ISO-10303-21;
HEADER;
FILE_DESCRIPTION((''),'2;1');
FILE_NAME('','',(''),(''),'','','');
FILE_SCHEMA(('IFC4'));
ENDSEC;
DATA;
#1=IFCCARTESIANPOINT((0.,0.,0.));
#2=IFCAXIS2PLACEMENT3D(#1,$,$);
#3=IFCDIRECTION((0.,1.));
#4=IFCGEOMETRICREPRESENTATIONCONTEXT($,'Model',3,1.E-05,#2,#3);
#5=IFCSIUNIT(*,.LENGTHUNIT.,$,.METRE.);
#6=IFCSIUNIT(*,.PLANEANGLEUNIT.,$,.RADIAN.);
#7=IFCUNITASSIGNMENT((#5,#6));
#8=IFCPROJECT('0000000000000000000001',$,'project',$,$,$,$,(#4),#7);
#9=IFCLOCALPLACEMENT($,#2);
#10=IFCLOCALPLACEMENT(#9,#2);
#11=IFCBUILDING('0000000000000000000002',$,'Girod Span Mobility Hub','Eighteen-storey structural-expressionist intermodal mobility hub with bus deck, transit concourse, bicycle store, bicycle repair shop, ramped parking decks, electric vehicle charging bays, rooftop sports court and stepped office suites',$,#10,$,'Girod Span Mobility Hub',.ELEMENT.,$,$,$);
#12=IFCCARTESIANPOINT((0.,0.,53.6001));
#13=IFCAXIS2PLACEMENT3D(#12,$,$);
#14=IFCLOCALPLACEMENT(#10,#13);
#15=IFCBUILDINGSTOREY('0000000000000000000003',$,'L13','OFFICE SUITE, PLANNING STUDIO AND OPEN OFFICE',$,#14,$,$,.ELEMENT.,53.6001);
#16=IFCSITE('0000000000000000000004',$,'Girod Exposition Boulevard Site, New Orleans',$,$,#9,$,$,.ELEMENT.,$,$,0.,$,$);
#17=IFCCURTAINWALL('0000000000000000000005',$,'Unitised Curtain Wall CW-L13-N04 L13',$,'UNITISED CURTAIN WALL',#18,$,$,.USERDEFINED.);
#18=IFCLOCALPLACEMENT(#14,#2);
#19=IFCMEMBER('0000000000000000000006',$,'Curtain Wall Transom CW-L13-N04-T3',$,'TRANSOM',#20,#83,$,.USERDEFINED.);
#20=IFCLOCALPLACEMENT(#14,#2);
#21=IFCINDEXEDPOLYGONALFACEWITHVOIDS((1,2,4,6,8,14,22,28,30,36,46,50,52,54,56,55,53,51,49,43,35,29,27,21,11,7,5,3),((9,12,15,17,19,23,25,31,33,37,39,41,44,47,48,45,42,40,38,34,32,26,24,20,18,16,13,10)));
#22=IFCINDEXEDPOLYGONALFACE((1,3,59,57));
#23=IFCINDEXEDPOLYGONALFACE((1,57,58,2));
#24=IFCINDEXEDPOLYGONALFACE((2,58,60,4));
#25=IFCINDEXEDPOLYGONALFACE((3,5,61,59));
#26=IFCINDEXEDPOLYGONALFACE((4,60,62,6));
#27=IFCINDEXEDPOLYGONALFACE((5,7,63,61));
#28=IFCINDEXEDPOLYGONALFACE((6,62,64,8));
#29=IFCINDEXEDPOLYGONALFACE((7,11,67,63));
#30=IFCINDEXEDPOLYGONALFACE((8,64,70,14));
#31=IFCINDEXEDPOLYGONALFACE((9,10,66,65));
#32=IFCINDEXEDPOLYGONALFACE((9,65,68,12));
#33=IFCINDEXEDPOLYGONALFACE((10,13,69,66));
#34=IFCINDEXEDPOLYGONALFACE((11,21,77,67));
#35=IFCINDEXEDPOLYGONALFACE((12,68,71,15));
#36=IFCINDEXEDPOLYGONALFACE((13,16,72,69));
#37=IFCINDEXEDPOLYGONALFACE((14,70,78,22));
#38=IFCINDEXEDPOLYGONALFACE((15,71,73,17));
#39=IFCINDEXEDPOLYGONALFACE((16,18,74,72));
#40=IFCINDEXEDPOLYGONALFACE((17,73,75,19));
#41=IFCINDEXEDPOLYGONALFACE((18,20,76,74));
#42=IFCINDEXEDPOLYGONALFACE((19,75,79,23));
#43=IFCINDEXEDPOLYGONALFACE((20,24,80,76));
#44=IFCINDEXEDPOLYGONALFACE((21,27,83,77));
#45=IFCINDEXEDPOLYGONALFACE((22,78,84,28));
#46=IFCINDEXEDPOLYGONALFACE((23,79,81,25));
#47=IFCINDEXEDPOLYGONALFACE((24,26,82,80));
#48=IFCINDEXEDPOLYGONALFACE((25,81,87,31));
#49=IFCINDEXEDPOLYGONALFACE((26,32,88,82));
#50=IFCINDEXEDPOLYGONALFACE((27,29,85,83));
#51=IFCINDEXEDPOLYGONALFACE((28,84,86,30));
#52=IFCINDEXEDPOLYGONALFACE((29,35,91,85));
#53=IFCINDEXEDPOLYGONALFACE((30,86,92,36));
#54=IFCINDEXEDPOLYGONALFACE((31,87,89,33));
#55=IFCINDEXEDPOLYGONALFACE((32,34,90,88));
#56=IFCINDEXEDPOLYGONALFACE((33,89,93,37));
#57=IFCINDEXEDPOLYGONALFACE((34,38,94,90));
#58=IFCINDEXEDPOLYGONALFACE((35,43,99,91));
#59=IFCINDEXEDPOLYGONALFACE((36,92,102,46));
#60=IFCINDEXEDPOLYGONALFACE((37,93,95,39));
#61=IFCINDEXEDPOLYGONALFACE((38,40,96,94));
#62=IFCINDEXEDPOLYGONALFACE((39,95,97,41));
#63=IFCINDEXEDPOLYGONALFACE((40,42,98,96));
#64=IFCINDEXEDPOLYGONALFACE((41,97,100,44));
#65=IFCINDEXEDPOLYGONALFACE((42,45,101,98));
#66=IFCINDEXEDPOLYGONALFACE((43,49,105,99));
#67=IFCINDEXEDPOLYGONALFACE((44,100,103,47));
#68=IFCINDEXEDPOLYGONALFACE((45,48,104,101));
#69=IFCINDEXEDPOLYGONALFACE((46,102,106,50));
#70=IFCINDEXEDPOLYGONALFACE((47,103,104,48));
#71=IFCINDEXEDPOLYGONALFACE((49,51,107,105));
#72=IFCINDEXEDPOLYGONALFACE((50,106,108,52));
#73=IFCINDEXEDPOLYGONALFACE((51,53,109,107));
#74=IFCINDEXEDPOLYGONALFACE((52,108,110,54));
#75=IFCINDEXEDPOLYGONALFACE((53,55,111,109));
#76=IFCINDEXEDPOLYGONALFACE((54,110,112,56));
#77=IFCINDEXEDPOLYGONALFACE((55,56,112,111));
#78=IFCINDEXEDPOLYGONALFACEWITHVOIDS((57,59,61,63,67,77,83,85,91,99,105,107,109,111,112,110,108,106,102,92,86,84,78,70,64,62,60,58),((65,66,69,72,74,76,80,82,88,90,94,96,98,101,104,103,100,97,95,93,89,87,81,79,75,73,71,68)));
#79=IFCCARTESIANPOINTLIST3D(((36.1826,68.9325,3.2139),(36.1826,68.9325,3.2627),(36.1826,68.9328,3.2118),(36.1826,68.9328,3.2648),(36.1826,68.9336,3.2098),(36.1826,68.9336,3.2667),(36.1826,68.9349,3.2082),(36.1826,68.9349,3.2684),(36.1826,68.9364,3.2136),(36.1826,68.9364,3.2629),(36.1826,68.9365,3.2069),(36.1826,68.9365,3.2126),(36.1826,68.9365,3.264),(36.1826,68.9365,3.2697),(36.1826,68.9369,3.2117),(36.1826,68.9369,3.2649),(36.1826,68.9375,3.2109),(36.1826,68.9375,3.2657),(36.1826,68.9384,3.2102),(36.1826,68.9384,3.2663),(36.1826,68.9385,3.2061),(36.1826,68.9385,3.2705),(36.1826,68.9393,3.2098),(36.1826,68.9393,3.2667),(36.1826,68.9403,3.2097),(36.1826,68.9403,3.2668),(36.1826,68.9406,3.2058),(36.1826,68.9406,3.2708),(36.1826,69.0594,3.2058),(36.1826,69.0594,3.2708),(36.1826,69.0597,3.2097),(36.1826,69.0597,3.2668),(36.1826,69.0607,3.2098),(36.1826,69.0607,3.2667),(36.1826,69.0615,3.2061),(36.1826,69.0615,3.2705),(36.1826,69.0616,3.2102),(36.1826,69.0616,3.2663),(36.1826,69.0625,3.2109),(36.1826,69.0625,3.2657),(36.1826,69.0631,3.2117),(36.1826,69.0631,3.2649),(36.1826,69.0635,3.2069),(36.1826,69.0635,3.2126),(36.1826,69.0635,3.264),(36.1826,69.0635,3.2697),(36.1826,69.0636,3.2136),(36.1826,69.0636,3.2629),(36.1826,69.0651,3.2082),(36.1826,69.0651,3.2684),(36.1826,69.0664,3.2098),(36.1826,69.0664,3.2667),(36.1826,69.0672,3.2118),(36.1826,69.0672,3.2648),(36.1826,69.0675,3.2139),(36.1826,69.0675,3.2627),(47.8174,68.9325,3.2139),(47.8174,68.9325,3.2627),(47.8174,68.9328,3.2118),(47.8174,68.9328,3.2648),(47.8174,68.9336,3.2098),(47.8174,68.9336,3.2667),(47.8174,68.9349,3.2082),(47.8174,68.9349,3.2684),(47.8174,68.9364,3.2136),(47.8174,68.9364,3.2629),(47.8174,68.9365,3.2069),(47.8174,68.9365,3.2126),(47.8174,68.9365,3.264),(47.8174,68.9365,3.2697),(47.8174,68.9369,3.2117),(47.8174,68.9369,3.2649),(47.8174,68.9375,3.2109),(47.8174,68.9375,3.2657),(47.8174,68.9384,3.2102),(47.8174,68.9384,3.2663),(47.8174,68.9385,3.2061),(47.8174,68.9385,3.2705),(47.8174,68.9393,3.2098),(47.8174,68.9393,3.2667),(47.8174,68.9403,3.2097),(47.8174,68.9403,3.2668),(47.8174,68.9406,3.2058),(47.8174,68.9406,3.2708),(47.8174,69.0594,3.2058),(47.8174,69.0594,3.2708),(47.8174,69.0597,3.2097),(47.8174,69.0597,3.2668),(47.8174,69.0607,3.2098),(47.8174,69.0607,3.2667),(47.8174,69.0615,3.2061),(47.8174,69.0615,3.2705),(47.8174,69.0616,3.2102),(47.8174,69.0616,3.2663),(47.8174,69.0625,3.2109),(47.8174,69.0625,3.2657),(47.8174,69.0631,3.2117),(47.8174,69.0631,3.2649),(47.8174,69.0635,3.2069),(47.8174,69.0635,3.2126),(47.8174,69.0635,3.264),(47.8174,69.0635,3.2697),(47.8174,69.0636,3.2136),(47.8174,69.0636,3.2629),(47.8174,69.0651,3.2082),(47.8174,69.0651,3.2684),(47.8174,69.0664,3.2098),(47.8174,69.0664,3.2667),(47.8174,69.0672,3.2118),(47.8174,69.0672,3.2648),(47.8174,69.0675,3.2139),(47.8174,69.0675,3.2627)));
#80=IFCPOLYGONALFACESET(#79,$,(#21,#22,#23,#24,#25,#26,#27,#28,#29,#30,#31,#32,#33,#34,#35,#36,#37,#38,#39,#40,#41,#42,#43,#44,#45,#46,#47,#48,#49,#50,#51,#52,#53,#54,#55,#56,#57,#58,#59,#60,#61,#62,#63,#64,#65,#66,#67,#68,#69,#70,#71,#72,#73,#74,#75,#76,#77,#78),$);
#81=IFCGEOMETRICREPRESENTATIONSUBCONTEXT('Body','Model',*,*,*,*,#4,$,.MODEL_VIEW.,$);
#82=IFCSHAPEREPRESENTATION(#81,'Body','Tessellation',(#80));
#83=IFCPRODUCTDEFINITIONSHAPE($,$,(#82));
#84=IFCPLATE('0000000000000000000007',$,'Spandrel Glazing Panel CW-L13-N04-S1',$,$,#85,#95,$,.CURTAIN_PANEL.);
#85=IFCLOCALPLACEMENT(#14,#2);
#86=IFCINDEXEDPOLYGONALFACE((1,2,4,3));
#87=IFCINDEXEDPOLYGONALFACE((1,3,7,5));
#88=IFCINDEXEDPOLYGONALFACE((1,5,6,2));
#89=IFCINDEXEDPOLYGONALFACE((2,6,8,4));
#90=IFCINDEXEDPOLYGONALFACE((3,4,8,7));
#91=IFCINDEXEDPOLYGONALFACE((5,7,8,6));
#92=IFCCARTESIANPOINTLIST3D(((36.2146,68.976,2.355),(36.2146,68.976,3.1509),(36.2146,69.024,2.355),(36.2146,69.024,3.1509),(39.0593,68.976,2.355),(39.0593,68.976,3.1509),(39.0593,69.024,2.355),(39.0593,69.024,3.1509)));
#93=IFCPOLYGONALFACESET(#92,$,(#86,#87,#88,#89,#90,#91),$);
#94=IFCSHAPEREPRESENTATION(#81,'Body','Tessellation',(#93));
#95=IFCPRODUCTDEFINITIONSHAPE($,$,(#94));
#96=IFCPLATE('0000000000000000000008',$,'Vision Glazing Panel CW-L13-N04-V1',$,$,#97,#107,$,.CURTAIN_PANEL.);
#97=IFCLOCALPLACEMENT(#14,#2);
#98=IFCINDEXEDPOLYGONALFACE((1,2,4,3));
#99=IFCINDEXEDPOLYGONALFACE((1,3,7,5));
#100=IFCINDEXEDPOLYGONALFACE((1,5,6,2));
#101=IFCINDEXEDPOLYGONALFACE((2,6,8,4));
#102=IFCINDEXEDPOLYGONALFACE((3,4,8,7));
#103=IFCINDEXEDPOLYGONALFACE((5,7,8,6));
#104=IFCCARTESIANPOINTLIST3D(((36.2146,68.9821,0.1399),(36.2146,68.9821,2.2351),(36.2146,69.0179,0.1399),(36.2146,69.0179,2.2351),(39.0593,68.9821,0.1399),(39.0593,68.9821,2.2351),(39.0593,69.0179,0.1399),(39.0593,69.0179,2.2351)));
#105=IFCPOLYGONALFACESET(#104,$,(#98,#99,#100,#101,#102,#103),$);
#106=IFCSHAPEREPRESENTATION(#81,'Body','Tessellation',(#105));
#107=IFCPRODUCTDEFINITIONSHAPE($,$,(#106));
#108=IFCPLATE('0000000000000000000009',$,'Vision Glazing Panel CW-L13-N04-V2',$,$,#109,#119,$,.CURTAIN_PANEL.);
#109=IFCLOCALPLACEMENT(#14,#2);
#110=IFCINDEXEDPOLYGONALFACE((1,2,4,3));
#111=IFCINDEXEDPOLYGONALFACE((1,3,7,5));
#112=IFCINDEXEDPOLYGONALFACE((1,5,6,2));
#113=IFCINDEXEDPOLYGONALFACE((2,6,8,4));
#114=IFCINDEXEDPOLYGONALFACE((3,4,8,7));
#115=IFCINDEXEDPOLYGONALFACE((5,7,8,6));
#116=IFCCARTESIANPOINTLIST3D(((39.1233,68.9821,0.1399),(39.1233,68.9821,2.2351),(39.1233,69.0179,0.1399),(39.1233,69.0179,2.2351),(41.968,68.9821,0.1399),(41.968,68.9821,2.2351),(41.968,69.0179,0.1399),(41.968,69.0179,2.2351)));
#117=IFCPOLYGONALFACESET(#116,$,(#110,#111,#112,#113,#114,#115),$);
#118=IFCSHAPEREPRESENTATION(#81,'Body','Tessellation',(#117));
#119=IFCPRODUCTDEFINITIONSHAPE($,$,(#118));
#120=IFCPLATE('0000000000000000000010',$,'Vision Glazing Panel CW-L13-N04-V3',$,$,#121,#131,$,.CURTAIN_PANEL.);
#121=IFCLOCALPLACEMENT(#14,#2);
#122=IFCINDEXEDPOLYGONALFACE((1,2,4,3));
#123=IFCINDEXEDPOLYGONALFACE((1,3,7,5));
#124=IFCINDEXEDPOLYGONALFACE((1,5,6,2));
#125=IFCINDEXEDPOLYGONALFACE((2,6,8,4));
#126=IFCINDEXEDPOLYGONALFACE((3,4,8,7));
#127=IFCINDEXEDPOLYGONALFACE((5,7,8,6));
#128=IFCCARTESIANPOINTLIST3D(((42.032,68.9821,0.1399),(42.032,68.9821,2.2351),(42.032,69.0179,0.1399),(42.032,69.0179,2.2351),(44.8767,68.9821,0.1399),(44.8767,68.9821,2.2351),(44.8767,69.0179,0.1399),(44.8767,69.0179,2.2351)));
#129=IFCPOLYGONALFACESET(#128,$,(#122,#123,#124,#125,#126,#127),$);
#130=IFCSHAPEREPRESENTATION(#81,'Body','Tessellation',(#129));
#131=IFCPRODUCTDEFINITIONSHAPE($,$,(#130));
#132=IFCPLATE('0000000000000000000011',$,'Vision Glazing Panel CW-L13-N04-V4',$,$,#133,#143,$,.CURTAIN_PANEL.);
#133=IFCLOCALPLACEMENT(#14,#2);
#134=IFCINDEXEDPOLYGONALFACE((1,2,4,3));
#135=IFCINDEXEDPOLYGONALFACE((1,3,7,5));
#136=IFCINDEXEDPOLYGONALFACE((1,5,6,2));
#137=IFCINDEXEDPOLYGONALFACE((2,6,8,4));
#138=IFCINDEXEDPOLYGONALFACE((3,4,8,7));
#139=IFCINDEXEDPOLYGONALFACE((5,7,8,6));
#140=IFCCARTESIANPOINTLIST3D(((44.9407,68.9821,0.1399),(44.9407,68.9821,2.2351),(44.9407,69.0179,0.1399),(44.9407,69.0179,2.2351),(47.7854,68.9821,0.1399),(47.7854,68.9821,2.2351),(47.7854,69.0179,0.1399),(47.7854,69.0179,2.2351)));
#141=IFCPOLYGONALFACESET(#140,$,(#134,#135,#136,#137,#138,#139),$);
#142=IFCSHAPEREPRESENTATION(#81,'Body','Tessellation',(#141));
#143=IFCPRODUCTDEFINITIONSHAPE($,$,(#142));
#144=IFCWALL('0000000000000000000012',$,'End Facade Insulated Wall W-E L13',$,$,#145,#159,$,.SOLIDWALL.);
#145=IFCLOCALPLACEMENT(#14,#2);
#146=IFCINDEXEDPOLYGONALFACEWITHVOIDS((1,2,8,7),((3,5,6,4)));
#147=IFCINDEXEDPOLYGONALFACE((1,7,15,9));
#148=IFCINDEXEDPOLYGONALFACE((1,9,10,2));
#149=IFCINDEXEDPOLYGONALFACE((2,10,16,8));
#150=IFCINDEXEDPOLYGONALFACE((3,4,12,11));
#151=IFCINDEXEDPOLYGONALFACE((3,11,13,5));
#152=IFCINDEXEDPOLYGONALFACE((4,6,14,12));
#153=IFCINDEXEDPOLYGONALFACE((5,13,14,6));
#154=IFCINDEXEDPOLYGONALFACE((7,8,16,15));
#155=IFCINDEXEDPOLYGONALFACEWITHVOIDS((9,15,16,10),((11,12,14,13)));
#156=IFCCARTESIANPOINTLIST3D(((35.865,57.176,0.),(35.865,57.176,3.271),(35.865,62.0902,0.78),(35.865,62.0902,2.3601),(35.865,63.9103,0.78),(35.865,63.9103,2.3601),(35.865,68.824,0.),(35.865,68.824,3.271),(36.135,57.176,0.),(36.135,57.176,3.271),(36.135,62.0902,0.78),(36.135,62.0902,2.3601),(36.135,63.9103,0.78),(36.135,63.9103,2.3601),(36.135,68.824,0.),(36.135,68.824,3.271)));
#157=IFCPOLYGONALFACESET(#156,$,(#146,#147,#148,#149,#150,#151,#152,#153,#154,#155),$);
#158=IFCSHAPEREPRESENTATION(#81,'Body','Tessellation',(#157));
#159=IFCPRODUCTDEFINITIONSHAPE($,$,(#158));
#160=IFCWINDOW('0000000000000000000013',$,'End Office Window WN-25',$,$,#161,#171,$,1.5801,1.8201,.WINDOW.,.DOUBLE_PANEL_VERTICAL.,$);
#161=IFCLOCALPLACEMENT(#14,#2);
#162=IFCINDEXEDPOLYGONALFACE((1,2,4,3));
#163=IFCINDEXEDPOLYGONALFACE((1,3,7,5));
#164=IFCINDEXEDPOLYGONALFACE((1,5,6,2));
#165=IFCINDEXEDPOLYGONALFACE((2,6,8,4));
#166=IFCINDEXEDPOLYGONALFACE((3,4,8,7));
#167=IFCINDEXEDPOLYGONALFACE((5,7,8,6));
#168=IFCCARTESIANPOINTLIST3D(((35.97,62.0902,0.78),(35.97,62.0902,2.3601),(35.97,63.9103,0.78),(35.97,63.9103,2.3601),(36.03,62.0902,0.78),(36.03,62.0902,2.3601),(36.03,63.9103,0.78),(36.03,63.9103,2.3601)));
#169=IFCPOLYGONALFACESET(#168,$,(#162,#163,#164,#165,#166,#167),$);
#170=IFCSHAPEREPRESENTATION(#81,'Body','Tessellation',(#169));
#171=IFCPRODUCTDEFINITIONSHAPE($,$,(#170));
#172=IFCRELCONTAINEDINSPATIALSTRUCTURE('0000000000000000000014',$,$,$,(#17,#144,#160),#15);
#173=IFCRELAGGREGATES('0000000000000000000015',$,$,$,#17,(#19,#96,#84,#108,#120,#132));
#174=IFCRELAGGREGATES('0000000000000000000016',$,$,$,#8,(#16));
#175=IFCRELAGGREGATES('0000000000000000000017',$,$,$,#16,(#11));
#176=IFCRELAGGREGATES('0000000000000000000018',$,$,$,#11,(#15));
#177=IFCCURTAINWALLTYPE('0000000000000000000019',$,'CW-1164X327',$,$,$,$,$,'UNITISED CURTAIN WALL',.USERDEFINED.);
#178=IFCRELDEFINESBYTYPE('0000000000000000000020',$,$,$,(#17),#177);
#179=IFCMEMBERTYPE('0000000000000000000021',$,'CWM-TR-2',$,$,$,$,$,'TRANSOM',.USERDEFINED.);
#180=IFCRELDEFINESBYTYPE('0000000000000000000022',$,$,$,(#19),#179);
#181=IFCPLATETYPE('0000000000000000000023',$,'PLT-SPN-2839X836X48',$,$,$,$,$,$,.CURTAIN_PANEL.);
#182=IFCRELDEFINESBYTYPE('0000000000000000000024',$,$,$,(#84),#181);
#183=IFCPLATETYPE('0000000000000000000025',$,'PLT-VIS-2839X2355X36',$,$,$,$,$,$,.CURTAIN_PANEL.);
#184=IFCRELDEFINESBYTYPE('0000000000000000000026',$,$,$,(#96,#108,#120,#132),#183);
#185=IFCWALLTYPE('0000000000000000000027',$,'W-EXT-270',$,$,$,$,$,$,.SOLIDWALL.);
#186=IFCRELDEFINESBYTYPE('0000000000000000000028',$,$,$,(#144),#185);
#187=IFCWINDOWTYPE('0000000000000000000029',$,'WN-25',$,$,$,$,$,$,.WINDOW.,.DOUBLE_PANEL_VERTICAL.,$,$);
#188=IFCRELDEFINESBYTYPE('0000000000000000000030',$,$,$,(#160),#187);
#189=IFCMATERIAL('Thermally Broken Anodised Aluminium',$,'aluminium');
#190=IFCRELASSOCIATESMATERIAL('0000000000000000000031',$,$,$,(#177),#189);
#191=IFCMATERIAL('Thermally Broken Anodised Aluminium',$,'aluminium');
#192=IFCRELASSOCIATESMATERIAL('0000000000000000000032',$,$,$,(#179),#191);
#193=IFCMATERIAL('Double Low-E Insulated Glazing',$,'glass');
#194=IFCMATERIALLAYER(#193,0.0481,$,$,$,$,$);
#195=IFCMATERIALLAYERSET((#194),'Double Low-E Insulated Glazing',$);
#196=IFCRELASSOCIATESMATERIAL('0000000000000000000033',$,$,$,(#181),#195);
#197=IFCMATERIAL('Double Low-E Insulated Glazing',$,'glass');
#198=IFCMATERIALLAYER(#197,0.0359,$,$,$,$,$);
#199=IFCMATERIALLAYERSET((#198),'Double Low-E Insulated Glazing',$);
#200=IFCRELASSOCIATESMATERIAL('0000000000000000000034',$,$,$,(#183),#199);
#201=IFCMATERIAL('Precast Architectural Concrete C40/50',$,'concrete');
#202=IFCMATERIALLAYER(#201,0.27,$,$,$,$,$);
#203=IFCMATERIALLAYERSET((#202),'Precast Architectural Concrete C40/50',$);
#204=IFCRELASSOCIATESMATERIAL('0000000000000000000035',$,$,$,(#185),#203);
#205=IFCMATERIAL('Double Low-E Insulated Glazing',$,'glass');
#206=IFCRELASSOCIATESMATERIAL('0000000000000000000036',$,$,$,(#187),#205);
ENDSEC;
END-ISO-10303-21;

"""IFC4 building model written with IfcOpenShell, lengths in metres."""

from ifc_helpers import new_model, si_unit, direction, frame, frame_2d, origin, origin_2d, place, context, subcontext, project, spatial, rectangle, hollow_rectangle, extrude, material, layer, layer_set, material_profile, profile_set, type_object, element, fill, aggregate, save


model = new_model("IFC4")

# Units and contexts
model_context = context("Model", 3, precision=1e-05, world=origin(), true_north=direction((0.0, 1.0)))
body_context = subcontext(model_context, "Body", "Model", "MODEL_VIEW")
ifc_project = project(units=[si_unit("LENGTHUNIT", "METRE"), si_unit("PLANEANGLEUNIT", "RADIAN")], contexts=[model_context])

# Site, building, storey
site_placement = place(None, origin())
site = spatial("IfcSite", under=ifc_project, at=site_placement, Name="Girod Exposition Boulevard Site, New Orleans", CompositionType="ELEMENT", RefElevation=0.0)
building_placement = place(site_placement, origin())
building = spatial("IfcBuilding", under=site, at=building_placement, Name="Girod Span Mobility Hub", Description="Eighteen-storey structural-expressionist intermodal mobility hub with bus deck, transit concourse, bicycle store, bicycle repair shop, ramped parking decks, electric vehicle charging bays, rooftop sports court and stepped office suites", LongName="Girod Span Mobility Hub", CompositionType="ELEMENT")
storey_placement = place(building_placement, frame((0.0, 0.0, 53.6001)))
storey = spatial("IfcBuildingStorey", under=building, at=storey_placement, Name="L13", Description="OFFICE SUITE, PLANNING STUDIO AND OPEN OFFICE", CompositionType="ELEMENT", Elevation=53.6001)

# Curtain wall, member, plates
ifc_material_1 = material(Name="Thermally Broken Anodised Aluminium", Category="aluminium")
curtain_wall_type = type_object("IfcCurtainWallType", Name="CW-1164X327", ElementType="UNITISED CURTAIN WALL", PredefinedType="USERDEFINED", material=ifc_material_1)
curtain_wall_placement = place(storey_placement, origin())
curtain_wall = element("IfcCurtainWall", 1, at=curtain_wall_placement, inside=storey, type_object=curtain_wall_type, Name="Unitised Curtain Wall CW-L13-N04 L13", ObjectType="UNITISED CURTAIN WALL", PredefinedType="USERDEFINED")
ifc_material_2 = material(Name="Thermally Broken Anodised Aluminium", Category="aluminium")
ifc_material_profile_1 = material_profile(ifc_material_2, hollow_rectangle(XDim=0.135, YDim=0.0649, WallThickness=0.0039, InnerFilletRadius=0.0039, OuterFilletRadius=0.0081, at=origin_2d()), Name="CW-TR-65X135")
ifc_profile_set_1 = profile_set([ifc_material_profile_1], Name="Thermally Broken Anodised Aluminium")
member_type_1 = type_object("IfcMemberType", Name="CWM-TR-2", ElementType="TRANSOM", PredefinedType="USERDEFINED", material=ifc_profile_set_1)
member_1_placement = place(storey_placement, frame((36.1826, 69.0, 3.2383), z_axis=(1.0, 0.0, 0.0), x_axis=(0.0, 1.0, 0.0)))
member_1 = element("IfcMember", 2, at=member_1_placement, type_object=member_type_1, Name="Curtain Wall Transom CW-L13-N04-T3", ObjectType="TRANSOM", PredefinedType="USERDEFINED", context=body_context, shape_type="SweptSolid", body=[
    extrude(hollow_rectangle(XDim=0.135, YDim=0.0649, WallThickness=0.0039, InnerFilletRadius=0.0039, OuterFilletRadius=0.0081, at=origin_2d()), origin(), (0.0, 0.0, 1.0), 11.6348),
])
ifc_material_3 = material(Name="Double Low-E Insulated Glazing", Category="glass")
ifc_layer_1 = layer(ifc_material_3, 0.0481)
ifc_layer_set_1 = layer_set([ifc_layer_1], Name="Double Low-E Insulated Glazing")
plate_type_1 = type_object("IfcPlateType", Name="PLT-SPN-2839X836X48", PredefinedType="CURTAIN_PANEL", material=ifc_layer_set_1)
plate_1_placement = place(storey_placement, frame((37.637, 69.0, 2.355), z_axis=(0.0, 0.0, 1.0), x_axis=(1.0, 0.0, 0.0)))
plate_1 = element("IfcPlate", 3, at=plate_1_placement, type_object=plate_type_1, Name="Spandrel Glazing Panel CW-L13-N04-S1", PredefinedType="CURTAIN_PANEL", context=body_context, shape_type="SweptSolid", body=[
    extrude(rectangle(XDim=2.8447, YDim=0.0481, at=origin_2d()), origin(), (0.0, 0.0, 1.0), 0.7959),
])
ifc_material_4 = material(Name="Double Low-E Insulated Glazing", Category="glass")
ifc_layer_2 = layer(ifc_material_4, 0.0359)
ifc_layer_set_2 = layer_set([ifc_layer_2], Name="Double Low-E Insulated Glazing")
plate_type_2 = type_object("IfcPlateType", Name="PLT-VIS-2839X2355X36", PredefinedType="CURTAIN_PANEL", material=ifc_layer_set_2)
plate_2_placement = place(storey_placement, frame((37.637, 69.0, 0.1399), z_axis=(0.0, 0.0, 1.0), x_axis=(1.0, 0.0, 0.0)))
plate_2 = element("IfcPlate", 4, at=plate_2_placement, type_object=plate_type_2, Name="Vision Glazing Panel CW-L13-N04-V1", PredefinedType="CURTAIN_PANEL", context=body_context, shape_type="SweptSolid", body=[
    extrude(rectangle(XDim=2.8447, YDim=0.0359, at=origin_2d()), origin(), (0.0, 0.0, 1.0), 2.0952),
])
plate_3_placement = place(storey_placement, frame((40.5457, 69.0, 0.1399), z_axis=(0.0, 0.0, 1.0), x_axis=(1.0, 0.0, 0.0)))
plate_3 = element("IfcPlate", 5, at=plate_3_placement, type_object=plate_type_2, Name="Vision Glazing Panel CW-L13-N04-V2", PredefinedType="CURTAIN_PANEL", context=body_context, shape_type="SweptSolid", body=[
    extrude(rectangle(XDim=2.8447, YDim=0.0359, at=origin_2d()), origin(), (0.0, 0.0, 1.0), 2.0952),
])
plate_4_placement = place(storey_placement, frame((43.4543, 69.0, 0.1399), z_axis=(0.0, 0.0, 1.0), x_axis=(1.0, 0.0, 0.0)))
plate_4 = element("IfcPlate", 6, at=plate_4_placement, type_object=plate_type_2, Name="Vision Glazing Panel CW-L13-N04-V3", PredefinedType="CURTAIN_PANEL", context=body_context, shape_type="SweptSolid", body=[
    extrude(rectangle(XDim=2.8447, YDim=0.0359, at=origin_2d()), origin(), (0.0, 0.0, 1.0), 2.0952),
])
plate_5_placement = place(storey_placement, frame((46.363, 69.0, 0.1399), z_axis=(0.0, 0.0, 1.0), x_axis=(1.0, 0.0, 0.0)))
plate_5 = element("IfcPlate", 7, at=plate_5_placement, type_object=plate_type_2, Name="Vision Glazing Panel CW-L13-N04-V4", PredefinedType="CURTAIN_PANEL", context=body_context, shape_type="SweptSolid", body=[
    extrude(rectangle(XDim=2.8447, YDim=0.0359, at=origin_2d()), origin(), (0.0, 0.0, 1.0), 2.0952),
])
aggregate(curtain_wall, [member_1, plate_2, plate_1, plate_3, plate_4, plate_5])

# Wall, opening, window
ifc_material_5 = material(Name="Precast Architectural Concrete C40/50", Category="concrete")
ifc_layer_3 = layer(ifc_material_5, 0.27)
ifc_layer_set_3 = layer_set([ifc_layer_3], Name="Precast Architectural Concrete C40/50")
wall_type_1 = type_object("IfcWallType", Name="W-EXT-270", PredefinedType="SOLIDWALL", material=ifc_layer_set_3)
wall_1_placement = place(storey_placement, frame((36.0, 57.176, 0.0), z_axis=(0.0, 0.0, 1.0), x_axis=(0.0, 1.0, 0.0)))
wall_1 = element("IfcWall", 8, at=wall_1_placement, inside=storey, type_object=wall_type_1, Name="End Facade Insulated Wall W-E L13", PredefinedType="SOLIDWALL", context=body_context, shape_type="SweptSolid", body=[
    extrude(rectangle(XDim=11.6479, YDim=0.27, at=frame_2d((5.824, 0.0))), origin(), (0.0, 0.0, 1.0), 3.271),
])
opening_1_placement = place(wall_1_placement, frame((4.9141, 0.0, 0.78)))
opening_1 = element("IfcOpeningElement", 9, at=opening_1_placement, cuts=wall_1, PredefinedType="OPENING", context=body_context, shape_type="SweptSolid", body=[
    extrude(rectangle(XDim=1.8201, YDim=1.5801, at=frame_2d((0.9102, 0.79))), frame((0.0, 0.1499, 0.0), z_axis=(0.0, -1.0, 0.0), x_axis=(1.0, 0.0, 0.0)), (0.0, 0.0, 1.0), 0.3),
])
ifc_material_6 = material(Name="Double Low-E Insulated Glazing", Category="glass")
window_type = type_object("IfcWindowType", Name="WN-25", PartitioningType="DOUBLE_PANEL_VERTICAL", PredefinedType="WINDOW", material=ifc_material_6)
window_placement = place(opening_1_placement, origin())
window = element("IfcWindow", 10, at=window_placement, inside=storey, type_object=window_type, Name="End Office Window WN-25", OverallHeight=1.5801, OverallWidth=1.8201, PartitioningType="DOUBLE_PANEL_VERTICAL", PredefinedType="WINDOW", context=body_context, shape_type="SweptSolid", body=[
    extrude(rectangle(XDim=1.8201, YDim=1.5801, at=frame_2d((0.9102, 0.79))), frame((0.0, 0.03, 0.0), z_axis=(0.0, -1.0, 0.0), x_axis=(1.0, 0.0, 0.0)), (0.0, 0.0, 1.0), 0.0601),
])
fill(opening_1, window)

save(model, "model.ifc")
